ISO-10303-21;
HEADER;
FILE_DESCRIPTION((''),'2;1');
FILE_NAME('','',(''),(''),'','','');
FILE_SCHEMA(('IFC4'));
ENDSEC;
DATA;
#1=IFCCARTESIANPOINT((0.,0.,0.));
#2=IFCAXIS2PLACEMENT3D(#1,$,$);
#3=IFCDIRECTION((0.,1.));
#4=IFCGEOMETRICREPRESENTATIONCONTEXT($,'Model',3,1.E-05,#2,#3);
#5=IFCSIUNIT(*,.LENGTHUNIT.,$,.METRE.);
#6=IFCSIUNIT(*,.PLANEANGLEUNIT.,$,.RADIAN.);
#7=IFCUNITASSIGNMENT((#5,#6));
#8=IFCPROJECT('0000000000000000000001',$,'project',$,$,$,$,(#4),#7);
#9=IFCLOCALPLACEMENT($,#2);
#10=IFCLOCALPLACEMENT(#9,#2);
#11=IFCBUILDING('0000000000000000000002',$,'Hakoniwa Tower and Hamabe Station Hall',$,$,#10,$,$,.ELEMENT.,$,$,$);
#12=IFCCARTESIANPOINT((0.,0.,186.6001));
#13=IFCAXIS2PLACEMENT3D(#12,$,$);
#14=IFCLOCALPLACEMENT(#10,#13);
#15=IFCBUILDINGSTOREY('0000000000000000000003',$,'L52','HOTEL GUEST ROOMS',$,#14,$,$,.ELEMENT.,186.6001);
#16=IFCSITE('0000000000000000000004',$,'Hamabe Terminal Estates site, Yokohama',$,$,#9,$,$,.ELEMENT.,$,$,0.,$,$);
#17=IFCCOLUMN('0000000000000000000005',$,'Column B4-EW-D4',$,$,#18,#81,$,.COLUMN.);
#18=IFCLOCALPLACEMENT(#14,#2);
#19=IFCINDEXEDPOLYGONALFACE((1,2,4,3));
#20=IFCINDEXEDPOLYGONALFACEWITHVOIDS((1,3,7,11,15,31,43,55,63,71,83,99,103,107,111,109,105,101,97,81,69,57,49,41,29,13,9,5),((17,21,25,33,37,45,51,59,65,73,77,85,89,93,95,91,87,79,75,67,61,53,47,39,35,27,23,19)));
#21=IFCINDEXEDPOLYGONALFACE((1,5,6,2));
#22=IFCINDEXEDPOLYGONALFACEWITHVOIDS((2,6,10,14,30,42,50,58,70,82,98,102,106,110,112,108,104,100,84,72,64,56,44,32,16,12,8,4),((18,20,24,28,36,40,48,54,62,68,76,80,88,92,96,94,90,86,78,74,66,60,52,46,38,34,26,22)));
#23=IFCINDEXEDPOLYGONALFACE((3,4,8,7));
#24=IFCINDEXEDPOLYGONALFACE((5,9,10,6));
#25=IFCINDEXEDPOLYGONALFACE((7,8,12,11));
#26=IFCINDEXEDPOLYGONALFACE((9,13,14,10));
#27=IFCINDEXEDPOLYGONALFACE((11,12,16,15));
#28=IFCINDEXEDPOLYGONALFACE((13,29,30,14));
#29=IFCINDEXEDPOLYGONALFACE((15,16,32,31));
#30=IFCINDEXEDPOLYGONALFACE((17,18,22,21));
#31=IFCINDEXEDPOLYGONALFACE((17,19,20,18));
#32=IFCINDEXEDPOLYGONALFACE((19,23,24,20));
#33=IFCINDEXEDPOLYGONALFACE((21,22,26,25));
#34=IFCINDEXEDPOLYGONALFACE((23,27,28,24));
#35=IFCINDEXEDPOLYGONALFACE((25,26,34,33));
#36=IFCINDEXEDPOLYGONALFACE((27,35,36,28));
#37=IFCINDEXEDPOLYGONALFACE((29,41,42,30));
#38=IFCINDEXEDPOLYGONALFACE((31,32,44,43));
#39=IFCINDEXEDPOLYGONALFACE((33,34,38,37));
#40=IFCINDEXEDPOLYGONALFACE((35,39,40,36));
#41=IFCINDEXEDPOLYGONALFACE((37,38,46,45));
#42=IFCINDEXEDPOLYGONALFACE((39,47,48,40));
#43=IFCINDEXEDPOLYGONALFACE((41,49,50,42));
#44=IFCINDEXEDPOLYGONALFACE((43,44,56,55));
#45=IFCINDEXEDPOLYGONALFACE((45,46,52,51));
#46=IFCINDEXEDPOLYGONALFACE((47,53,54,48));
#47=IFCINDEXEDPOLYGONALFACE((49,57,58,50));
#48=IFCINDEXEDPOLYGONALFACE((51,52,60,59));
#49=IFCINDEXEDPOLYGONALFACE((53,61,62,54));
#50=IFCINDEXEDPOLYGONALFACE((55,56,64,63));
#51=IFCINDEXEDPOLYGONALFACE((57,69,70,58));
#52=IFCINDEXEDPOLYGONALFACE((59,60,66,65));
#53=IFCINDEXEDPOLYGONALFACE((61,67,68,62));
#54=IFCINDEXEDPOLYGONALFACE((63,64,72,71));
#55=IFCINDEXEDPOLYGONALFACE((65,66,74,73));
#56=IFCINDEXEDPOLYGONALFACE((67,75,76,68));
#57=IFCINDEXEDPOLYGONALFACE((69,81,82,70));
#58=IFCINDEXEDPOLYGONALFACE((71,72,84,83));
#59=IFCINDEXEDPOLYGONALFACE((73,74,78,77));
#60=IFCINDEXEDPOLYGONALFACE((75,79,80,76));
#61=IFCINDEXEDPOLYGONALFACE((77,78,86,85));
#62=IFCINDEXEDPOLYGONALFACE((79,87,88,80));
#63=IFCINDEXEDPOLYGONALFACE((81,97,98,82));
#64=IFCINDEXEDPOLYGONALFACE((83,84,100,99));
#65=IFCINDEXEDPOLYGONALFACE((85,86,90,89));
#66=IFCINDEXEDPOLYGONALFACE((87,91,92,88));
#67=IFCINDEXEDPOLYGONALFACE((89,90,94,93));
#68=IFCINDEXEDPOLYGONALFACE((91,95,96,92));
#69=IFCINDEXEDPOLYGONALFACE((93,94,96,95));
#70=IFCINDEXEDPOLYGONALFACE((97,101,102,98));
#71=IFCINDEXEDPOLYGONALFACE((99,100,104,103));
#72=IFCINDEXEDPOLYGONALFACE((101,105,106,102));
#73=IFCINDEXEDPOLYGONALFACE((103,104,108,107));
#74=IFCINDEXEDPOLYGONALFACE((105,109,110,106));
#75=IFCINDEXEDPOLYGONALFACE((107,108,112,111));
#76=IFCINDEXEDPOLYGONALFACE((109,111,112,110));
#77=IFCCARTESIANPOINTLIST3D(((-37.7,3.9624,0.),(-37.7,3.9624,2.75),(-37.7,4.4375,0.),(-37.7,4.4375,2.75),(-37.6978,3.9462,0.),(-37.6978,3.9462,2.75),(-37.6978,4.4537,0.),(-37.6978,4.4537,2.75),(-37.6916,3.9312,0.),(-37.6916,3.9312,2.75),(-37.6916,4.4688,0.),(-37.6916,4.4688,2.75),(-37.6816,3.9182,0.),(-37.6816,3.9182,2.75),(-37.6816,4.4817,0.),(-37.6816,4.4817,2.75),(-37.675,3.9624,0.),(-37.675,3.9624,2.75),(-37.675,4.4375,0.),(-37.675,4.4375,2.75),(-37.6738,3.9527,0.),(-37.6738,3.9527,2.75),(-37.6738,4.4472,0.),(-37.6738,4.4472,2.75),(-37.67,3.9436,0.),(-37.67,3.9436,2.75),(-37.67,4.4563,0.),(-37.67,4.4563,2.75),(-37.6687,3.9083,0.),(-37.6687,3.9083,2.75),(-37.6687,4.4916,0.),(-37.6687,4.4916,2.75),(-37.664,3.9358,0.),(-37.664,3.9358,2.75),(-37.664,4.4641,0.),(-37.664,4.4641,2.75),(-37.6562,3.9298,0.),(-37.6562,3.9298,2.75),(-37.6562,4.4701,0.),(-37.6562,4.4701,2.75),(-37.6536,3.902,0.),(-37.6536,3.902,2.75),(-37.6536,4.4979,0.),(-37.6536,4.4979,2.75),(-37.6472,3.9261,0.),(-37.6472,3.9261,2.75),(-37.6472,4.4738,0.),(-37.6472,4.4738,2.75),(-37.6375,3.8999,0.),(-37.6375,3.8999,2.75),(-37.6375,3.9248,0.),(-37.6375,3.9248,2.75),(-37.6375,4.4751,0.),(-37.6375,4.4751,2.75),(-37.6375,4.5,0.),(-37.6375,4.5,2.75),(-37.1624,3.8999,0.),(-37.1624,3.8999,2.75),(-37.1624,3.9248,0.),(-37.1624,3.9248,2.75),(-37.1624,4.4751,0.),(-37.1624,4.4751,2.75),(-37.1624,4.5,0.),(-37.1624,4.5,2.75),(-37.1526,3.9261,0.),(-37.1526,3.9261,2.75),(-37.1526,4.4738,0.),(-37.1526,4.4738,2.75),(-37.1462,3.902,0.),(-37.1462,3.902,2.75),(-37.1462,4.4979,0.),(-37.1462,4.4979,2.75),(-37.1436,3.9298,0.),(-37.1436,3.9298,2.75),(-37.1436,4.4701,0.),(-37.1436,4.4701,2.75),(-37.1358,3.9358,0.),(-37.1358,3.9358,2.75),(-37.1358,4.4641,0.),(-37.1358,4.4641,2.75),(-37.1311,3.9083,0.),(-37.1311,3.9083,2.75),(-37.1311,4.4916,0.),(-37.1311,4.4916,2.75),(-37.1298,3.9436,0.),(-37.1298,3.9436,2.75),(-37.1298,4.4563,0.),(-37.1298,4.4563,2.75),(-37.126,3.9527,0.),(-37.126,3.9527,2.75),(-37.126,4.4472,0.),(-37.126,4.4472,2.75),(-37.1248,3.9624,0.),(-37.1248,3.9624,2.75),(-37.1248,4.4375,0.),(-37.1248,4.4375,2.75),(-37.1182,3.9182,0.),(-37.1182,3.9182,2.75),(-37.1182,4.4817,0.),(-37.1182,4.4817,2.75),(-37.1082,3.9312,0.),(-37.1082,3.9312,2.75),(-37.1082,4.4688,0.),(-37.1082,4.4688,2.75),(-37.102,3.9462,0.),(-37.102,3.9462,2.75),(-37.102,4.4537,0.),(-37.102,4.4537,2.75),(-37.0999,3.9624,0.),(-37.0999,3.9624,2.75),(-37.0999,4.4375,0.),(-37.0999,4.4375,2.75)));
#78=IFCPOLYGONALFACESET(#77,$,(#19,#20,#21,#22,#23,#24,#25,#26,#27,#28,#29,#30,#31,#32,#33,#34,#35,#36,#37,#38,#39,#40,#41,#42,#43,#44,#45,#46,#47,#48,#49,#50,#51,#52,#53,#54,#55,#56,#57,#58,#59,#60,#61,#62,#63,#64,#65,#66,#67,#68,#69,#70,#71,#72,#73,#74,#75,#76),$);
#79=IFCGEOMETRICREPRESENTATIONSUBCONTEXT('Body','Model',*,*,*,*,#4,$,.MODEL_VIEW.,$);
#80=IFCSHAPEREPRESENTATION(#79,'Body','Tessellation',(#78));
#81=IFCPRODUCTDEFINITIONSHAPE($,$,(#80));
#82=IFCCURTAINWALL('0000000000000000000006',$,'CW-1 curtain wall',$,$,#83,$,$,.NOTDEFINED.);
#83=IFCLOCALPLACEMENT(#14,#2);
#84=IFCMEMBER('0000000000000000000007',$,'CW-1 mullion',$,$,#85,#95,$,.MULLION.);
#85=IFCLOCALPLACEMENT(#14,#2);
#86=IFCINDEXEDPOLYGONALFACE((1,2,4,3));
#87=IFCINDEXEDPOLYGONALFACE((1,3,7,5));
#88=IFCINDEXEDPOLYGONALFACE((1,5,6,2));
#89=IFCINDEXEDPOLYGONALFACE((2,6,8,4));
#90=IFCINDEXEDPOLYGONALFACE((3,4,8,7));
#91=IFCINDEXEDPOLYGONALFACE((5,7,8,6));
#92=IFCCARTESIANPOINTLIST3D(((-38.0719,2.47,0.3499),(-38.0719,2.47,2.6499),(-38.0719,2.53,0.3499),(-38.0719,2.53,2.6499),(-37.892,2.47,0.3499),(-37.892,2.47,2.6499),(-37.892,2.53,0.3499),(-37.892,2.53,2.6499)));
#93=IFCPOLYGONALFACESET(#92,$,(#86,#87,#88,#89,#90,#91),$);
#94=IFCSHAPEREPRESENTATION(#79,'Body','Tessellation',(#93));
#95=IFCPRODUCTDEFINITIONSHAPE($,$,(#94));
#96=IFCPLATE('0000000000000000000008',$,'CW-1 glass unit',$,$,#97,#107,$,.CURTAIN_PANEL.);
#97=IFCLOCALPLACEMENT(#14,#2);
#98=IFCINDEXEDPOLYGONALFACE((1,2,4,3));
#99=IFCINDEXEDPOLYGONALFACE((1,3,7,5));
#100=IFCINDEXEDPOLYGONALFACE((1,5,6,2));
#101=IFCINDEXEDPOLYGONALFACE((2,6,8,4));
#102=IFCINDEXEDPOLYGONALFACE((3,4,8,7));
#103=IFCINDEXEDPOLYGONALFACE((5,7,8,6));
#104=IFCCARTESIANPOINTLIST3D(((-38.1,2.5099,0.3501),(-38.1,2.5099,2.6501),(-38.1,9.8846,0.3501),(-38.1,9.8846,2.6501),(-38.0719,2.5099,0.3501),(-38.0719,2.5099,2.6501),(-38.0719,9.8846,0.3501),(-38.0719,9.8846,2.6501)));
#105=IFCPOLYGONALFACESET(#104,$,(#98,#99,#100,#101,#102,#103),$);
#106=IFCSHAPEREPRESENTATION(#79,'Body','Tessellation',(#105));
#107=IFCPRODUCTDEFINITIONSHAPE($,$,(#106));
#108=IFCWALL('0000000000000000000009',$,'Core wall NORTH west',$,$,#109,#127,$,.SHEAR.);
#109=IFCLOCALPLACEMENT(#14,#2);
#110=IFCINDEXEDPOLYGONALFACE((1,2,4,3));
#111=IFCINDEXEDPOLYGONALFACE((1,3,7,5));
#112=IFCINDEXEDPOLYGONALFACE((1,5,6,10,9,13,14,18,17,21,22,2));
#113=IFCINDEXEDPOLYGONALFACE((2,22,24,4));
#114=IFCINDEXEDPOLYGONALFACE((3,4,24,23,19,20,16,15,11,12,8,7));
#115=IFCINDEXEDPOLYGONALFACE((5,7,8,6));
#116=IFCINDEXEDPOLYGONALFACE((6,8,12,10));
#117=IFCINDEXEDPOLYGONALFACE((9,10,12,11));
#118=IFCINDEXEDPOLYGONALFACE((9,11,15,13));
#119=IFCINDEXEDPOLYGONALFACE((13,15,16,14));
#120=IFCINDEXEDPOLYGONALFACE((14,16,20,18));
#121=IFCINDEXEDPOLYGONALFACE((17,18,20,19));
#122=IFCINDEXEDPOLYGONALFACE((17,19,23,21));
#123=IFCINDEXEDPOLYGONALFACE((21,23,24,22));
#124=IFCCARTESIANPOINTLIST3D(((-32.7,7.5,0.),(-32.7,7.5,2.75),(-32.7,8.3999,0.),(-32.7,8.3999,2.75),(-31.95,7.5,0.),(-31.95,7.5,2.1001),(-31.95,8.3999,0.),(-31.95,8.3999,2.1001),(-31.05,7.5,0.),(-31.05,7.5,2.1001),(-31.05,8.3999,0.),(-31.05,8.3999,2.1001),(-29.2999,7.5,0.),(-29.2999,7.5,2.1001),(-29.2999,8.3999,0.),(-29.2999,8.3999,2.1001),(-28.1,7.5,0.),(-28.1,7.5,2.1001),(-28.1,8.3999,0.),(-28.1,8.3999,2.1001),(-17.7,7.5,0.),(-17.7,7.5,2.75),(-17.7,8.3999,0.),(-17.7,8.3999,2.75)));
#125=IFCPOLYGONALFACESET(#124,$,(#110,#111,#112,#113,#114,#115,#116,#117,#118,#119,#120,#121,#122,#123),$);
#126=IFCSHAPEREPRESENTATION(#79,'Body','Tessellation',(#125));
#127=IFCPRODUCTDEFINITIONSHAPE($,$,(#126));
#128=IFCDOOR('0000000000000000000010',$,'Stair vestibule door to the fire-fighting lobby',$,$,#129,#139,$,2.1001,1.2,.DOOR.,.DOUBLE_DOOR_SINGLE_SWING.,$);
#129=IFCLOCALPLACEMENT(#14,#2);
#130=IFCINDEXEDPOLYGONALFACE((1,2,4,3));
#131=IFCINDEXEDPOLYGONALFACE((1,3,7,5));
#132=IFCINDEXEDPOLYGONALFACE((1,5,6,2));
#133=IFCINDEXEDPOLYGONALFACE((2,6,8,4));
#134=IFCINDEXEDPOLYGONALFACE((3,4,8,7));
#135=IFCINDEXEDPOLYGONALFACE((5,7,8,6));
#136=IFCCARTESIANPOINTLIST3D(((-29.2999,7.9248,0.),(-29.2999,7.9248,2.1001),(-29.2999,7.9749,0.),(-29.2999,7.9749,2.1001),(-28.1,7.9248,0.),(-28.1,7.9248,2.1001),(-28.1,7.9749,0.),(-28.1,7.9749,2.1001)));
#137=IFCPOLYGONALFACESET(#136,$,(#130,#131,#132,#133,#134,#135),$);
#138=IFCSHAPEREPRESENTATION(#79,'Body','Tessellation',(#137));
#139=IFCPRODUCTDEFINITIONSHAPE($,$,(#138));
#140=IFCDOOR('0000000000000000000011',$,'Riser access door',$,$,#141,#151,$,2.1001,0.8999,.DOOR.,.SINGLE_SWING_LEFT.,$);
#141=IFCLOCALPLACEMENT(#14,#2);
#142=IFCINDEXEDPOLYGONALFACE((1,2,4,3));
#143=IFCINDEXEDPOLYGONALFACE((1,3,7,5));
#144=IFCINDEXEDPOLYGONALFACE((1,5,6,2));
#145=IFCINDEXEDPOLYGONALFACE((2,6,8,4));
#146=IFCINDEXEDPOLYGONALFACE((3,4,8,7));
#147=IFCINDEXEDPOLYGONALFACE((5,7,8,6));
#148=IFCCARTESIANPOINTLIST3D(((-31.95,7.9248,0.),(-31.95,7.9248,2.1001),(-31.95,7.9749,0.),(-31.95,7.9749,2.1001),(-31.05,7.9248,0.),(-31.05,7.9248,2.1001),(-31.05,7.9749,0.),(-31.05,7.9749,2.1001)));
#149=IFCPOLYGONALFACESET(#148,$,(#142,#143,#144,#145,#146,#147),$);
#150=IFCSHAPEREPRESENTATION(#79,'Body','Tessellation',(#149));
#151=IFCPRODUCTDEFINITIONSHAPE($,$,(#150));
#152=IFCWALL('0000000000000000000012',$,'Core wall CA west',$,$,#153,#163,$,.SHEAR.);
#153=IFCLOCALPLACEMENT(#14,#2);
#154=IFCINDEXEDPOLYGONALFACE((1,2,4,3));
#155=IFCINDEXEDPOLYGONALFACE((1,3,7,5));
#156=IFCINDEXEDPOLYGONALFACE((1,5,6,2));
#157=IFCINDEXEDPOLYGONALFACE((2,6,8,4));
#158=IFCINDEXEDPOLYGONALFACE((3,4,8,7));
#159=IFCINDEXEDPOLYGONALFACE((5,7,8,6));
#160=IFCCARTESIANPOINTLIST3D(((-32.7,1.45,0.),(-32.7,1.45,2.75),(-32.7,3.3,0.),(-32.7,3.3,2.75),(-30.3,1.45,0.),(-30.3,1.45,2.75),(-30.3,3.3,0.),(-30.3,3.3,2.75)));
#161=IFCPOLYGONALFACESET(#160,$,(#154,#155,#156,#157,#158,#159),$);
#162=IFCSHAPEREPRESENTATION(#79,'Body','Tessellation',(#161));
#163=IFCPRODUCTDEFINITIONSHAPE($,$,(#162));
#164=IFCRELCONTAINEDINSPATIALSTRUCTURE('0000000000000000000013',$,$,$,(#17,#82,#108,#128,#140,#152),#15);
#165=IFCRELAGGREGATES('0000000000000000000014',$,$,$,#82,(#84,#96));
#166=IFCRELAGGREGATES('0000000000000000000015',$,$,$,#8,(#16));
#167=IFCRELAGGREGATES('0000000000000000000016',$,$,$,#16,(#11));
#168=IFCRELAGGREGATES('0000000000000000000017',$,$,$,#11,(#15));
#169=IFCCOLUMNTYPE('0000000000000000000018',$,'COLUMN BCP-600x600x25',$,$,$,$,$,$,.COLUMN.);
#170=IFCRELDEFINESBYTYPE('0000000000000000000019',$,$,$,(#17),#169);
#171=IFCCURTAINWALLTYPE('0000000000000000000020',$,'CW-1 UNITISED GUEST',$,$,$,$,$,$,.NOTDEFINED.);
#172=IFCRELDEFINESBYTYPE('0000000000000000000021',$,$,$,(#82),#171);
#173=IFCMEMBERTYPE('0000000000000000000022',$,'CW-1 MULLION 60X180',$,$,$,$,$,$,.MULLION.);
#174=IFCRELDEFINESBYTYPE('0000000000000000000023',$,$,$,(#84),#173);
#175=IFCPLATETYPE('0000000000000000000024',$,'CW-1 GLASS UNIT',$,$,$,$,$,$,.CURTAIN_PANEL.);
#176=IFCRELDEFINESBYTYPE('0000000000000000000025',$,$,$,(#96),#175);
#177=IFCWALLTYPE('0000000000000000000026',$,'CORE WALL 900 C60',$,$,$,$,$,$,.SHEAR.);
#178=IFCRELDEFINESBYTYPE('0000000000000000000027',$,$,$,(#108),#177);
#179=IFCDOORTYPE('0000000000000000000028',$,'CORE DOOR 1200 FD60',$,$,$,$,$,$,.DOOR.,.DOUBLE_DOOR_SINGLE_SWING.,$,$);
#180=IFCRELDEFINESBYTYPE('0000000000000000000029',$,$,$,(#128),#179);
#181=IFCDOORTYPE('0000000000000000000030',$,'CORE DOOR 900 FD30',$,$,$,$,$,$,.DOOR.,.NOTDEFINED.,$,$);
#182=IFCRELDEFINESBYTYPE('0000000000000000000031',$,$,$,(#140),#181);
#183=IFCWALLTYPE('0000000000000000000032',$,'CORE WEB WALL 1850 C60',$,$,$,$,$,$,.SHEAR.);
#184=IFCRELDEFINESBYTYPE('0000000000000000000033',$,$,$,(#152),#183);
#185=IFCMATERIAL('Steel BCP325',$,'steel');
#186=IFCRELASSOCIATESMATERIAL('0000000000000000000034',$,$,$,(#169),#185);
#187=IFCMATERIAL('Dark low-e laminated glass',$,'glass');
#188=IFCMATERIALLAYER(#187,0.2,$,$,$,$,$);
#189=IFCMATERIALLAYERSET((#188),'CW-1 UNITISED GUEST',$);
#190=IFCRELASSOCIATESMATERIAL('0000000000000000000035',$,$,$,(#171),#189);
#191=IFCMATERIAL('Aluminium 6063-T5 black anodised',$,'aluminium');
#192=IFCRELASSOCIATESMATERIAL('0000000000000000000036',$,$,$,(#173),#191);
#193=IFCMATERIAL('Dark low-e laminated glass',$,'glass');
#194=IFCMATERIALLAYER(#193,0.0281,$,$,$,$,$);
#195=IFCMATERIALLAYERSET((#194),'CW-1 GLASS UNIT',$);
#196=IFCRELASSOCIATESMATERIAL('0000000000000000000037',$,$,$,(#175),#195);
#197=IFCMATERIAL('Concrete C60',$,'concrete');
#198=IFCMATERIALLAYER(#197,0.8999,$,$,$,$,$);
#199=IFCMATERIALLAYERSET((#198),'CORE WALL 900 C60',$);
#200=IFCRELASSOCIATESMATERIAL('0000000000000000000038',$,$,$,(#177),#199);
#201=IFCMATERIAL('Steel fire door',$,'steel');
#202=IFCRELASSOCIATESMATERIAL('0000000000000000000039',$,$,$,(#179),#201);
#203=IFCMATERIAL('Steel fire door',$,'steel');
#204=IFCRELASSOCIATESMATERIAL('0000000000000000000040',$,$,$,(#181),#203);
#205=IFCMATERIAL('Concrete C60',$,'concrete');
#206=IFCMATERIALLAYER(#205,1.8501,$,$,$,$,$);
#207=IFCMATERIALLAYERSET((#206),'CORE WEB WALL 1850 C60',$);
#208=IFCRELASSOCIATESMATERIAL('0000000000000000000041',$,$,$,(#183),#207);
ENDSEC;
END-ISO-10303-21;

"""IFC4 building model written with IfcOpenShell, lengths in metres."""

from ifc_helpers import new_model, si_unit, direction, frame, frame_2d, origin, origin_2d, place, context, subcontext, project, spatial, rectangle, hollow_rectangle, extrude, material, layer, layer_set, material_profile, profile_set, type_object, element, fill, aggregate, save


model = new_model("IFC4")

# Units and contexts
model_context = context("Model", 3, precision=1e-05, world=origin(), true_north=direction((0.0, 1.0)))
body_context = subcontext(model_context, "Body", "Model", "MODEL_VIEW")
ifc_project = project(units=[si_unit("LENGTHUNIT", "METRE"), si_unit("PLANEANGLEUNIT", "RADIAN")], contexts=[model_context])

# Site, building, storey
site_placement = place(None, origin())
site = spatial("IfcSite", under=ifc_project, at=site_placement, Name="Hamabe Terminal Estates site, Yokohama", CompositionType="ELEMENT", RefElevation=0.0)
building_placement = place(site_placement, origin())
building = spatial("IfcBuilding", under=site, at=building_placement, Name="Hakoniwa Tower and Hamabe Station Hall", CompositionType="ELEMENT")
storey_placement = place(building_placement, frame((0.0, 0.0, 186.6001)))
storey = spatial("IfcBuildingStorey", under=building, at=storey_placement, Name="L52", Description="HOTEL GUEST ROOMS", CompositionType="ELEMENT", Elevation=186.6001)

# Column
ifc_material_1 = material(Name="Steel BCP325", Category="steel")
ifc_material_profile_1 = material_profile(ifc_material_1, hollow_rectangle(XDim=0.6001, YDim=0.6001, WallThickness=0.0249, InnerFilletRadius=0.0376, OuterFilletRadius=0.0625, at=origin_2d()), Name="BCP-600x600x25")
ifc_profile_set_1 = profile_set([ifc_material_profile_1], Name="Steel BCP325")
column_type = type_object("IfcColumnType", Name="COLUMN BCP-600x600x25", PredefinedType="COLUMN", material=ifc_profile_set_1)
column_placement = place(storey_placement, frame((-37.3999, 4.2, 0.0), z_axis=(0.0, 0.0, 1.0), x_axis=(1.0, 0.0, 0.0)))
element("IfcColumn", 1, at=column_placement, inside=storey, type_object=column_type, Name="Column B4-EW-D4", PredefinedType="COLUMN", context=body_context, shape_type="SweptSolid", body=[
    extrude(hollow_rectangle(XDim=0.6001, YDim=0.6001, WallThickness=0.0249, InnerFilletRadius=0.0376, OuterFilletRadius=0.0625, at=origin_2d()), origin(), (0.0, 0.0, 1.0), 2.75),
])

# Curtain wall, member, plate
ifc_material_2 = material(Name="Dark low-e laminated glass", Category="glass")
ifc_layer_1 = layer(ifc_material_2, 0.2)
ifc_layer_set_1 = layer_set([ifc_layer_1], Name="CW-1 UNITISED GUEST")
curtain_wall_type = type_object("IfcCurtainWallType", Name="CW-1 UNITISED GUEST", PredefinedType="NOTDEFINED", material=ifc_layer_set_1)
curtain_wall_placement = place(storey_placement, origin())
curtain_wall = element("IfcCurtainWall", 2, at=curtain_wall_placement, inside=storey, type_object=curtain_wall_type, Name="CW-1 curtain wall", PredefinedType="NOTDEFINED")
ifc_material_3 = material(Name="Aluminium 6063-T5 black anodised", Category="aluminium")
ifc_material_profile_2 = material_profile(ifc_material_3, rectangle(XDim=0.0601, YDim=0.1799, at=origin_2d()), Name="CW-1 MULLION 60X180")
ifc_profile_set_2 = profile_set([ifc_material_profile_2], Name="Aluminium 6063-T5 black anodised")
member_type = type_object("IfcMemberType", Name="CW-1 MULLION 60X180", PredefinedType="MULLION", material=ifc_profile_set_2)
member_placement = place(storey_placement, frame((-37.9819, 2.5, 0.3499), z_axis=(0.0, 0.0, 1.0), x_axis=(0.0, -1.0, 0.0)))
member = element("IfcMember", 3, at=member_placement, type_object=member_type, Name="CW-1 mullion", PredefinedType="MULLION", context=body_context, shape_type="SweptSolid", body=[
    extrude(rectangle(XDim=0.0601, YDim=0.1799, at=origin_2d()), origin(), (0.0, 0.0, 1.0), 2.3),
])
ifc_material_4 = material(Name="Dark low-e laminated glass", Category="glass")
ifc_layer_2 = layer(ifc_material_4, 0.0281)
ifc_layer_set_2 = layer_set([ifc_layer_2], Name="CW-1 GLASS UNIT")
plate_type = type_object("IfcPlateType", Name="CW-1 GLASS UNIT", PredefinedType="CURTAIN_PANEL", material=ifc_layer_set_2)
plate_placement = place(storey_placement, frame((-38.0859, 6.1973, 0.3501), z_axis=(0.0, 0.0, 1.0), x_axis=(0.0, -1.0, 0.0)))
plate = element("IfcPlate", 4, at=plate_placement, type_object=plate_type, Name="CW-1 glass unit", PredefinedType="CURTAIN_PANEL", context=body_context, shape_type="SweptSolid", body=[
    extrude(rectangle(XDim=7.3748, YDim=0.0281, at=origin_2d()), origin(), (0.0, 0.0, 1.0), 2.3),
])
aggregate(curtain_wall, [member, plate])

# Wall, openings, doors
ifc_material_5 = material(Name="Concrete C60", Category="concrete")
ifc_layer_3 = layer(ifc_material_5, 0.8999)
ifc_layer_set_3 = layer_set([ifc_layer_3], Name="CORE WALL 900 C60")
wall_type_1 = type_object("IfcWallType", Name="CORE WALL 900 C60", PredefinedType="SHEAR", material=ifc_layer_set_3)
wall_1_placement = place(storey_placement, frame((-32.7, 7.95, 0.0), z_axis=(0.0, 0.0, 1.0), x_axis=(1.0, 0.0, 0.0)))
wall_1 = element("IfcWall", 5, at=wall_1_placement, inside=storey, type_object=wall_type_1, Name="Core wall NORTH west", PredefinedType="SHEAR", context=body_context, shape_type="SweptSolid", body=[
    extrude(rectangle(XDim=15.0, YDim=0.8999, at=frame_2d((7.5, 0.0))), origin(), (0.0, 0.0, 1.0), 2.75),
])
opening_1_placement = place(wall_1_placement, frame((3.3999, 0.0, 0.0)))
opening_1 = element("IfcOpeningElement", 6, at=opening_1_placement, cuts=wall_1, PredefinedType="OPENING", context=body_context, shape_type="SweptSolid", body=[
    extrude(rectangle(XDim=1.2, YDim=2.1001, at=frame_2d((0.6001, 1.05))), frame((0.0, 0.46, 0.0), z_axis=(0.0, -1.0, 0.0), x_axis=(1.0, 0.0, 0.0)), (0.0, 0.0, 1.0), 0.9199),
])
opening_2_placement = place(wall_1_placement, frame((0.75, 0.0, 0.0)))
opening_2 = element("IfcOpeningElement", 7, at=opening_2_placement, cuts=wall_1, PredefinedType="OPENING", context=body_context, shape_type="SweptSolid", body=[
    extrude(rectangle(XDim=0.8999, YDim=2.1001, at=frame_2d((0.45, 1.05))), frame((0.0, 0.46, 0.0), z_axis=(0.0, -1.0, 0.0), x_axis=(1.0, 0.0, 0.0)), (0.0, 0.0, 1.0), 0.9199),
])
ifc_material_6 = material(Name="Steel fire door", Category="steel")
door_type_1 = type_object("IfcDoorType", Name="CORE DOOR 1200 FD60", OperationType="DOUBLE_DOOR_SINGLE_SWING", PredefinedType="DOOR", material=ifc_material_6)
door_1_placement = place(opening_1_placement, origin())
door_1 = element("IfcDoor", 8, at=door_1_placement, inside=storey, type_object=door_type_1, Name="Stair vestibule door to the fire-fighting lobby", OperationType="DOUBLE_DOOR_SINGLE_SWING", OverallHeight=2.1001, OverallWidth=1.2, PredefinedType="DOOR", context=body_context, shape_type="SweptSolid", body=[
    extrude(rectangle(XDim=1.2, YDim=2.1001, at=frame_2d((0.6001, 1.05))), frame((0.0, 0.0249, 0.0), z_axis=(0.0, -1.0, 0.0), x_axis=(1.0, 0.0, 0.0)), (0.0, 0.0, 1.0), 0.05),
])
fill(opening_1, door_1)
ifc_material_7 = material(Name="Steel fire door", Category="steel")
door_type_2 = type_object("IfcDoorType", Name="CORE DOOR 900 FD30", OperationType="NOTDEFINED", PredefinedType="DOOR", material=ifc_material_7)
door_2_placement = place(opening_2_placement, origin())
door_2 = element("IfcDoor", 9, at=door_2_placement, inside=storey, type_object=door_type_2, Name="Riser access door", OperationType="SINGLE_SWING_LEFT", OverallHeight=2.1001, OverallWidth=0.8999, PredefinedType="DOOR", context=body_context, shape_type="SweptSolid", body=[
    extrude(rectangle(XDim=0.8999, YDim=2.1001, at=frame_2d((0.45, 1.05))), frame((0.0, 0.0249, 0.0), z_axis=(0.0, -1.0, 0.0), x_axis=(1.0, 0.0, 0.0)), (0.0, 0.0, 1.0), 0.05),
])
fill(opening_2, door_2)

# Wall
ifc_material_8 = material(Name="Concrete C60", Category="concrete")
ifc_layer_4 = layer(ifc_material_8, 1.8501)
ifc_layer_set_4 = layer_set([ifc_layer_4], Name="CORE WEB WALL 1850 C60")
wall_type_2 = type_object("IfcWallType", Name="CORE WEB WALL 1850 C60", PredefinedType="SHEAR", material=ifc_layer_set_4)
wall_2_placement = place(storey_placement, frame((-32.7, 2.375, 0.0), z_axis=(0.0, 0.0, 1.0), x_axis=(1.0, 0.0, 0.0)))
element("IfcWall", 10, at=wall_2_placement, inside=storey, type_object=wall_type_2, Name="Core wall CA west", PredefinedType="SHEAR", context=body_context, shape_type="SweptSolid", body=[
    extrude(rectangle(XDim=2.3999, YDim=1.8501, at=frame_2d((1.2, 0.0))), origin(), (0.0, 0.0, 1.0), 2.75),
])

save(model, "model.ifc")
